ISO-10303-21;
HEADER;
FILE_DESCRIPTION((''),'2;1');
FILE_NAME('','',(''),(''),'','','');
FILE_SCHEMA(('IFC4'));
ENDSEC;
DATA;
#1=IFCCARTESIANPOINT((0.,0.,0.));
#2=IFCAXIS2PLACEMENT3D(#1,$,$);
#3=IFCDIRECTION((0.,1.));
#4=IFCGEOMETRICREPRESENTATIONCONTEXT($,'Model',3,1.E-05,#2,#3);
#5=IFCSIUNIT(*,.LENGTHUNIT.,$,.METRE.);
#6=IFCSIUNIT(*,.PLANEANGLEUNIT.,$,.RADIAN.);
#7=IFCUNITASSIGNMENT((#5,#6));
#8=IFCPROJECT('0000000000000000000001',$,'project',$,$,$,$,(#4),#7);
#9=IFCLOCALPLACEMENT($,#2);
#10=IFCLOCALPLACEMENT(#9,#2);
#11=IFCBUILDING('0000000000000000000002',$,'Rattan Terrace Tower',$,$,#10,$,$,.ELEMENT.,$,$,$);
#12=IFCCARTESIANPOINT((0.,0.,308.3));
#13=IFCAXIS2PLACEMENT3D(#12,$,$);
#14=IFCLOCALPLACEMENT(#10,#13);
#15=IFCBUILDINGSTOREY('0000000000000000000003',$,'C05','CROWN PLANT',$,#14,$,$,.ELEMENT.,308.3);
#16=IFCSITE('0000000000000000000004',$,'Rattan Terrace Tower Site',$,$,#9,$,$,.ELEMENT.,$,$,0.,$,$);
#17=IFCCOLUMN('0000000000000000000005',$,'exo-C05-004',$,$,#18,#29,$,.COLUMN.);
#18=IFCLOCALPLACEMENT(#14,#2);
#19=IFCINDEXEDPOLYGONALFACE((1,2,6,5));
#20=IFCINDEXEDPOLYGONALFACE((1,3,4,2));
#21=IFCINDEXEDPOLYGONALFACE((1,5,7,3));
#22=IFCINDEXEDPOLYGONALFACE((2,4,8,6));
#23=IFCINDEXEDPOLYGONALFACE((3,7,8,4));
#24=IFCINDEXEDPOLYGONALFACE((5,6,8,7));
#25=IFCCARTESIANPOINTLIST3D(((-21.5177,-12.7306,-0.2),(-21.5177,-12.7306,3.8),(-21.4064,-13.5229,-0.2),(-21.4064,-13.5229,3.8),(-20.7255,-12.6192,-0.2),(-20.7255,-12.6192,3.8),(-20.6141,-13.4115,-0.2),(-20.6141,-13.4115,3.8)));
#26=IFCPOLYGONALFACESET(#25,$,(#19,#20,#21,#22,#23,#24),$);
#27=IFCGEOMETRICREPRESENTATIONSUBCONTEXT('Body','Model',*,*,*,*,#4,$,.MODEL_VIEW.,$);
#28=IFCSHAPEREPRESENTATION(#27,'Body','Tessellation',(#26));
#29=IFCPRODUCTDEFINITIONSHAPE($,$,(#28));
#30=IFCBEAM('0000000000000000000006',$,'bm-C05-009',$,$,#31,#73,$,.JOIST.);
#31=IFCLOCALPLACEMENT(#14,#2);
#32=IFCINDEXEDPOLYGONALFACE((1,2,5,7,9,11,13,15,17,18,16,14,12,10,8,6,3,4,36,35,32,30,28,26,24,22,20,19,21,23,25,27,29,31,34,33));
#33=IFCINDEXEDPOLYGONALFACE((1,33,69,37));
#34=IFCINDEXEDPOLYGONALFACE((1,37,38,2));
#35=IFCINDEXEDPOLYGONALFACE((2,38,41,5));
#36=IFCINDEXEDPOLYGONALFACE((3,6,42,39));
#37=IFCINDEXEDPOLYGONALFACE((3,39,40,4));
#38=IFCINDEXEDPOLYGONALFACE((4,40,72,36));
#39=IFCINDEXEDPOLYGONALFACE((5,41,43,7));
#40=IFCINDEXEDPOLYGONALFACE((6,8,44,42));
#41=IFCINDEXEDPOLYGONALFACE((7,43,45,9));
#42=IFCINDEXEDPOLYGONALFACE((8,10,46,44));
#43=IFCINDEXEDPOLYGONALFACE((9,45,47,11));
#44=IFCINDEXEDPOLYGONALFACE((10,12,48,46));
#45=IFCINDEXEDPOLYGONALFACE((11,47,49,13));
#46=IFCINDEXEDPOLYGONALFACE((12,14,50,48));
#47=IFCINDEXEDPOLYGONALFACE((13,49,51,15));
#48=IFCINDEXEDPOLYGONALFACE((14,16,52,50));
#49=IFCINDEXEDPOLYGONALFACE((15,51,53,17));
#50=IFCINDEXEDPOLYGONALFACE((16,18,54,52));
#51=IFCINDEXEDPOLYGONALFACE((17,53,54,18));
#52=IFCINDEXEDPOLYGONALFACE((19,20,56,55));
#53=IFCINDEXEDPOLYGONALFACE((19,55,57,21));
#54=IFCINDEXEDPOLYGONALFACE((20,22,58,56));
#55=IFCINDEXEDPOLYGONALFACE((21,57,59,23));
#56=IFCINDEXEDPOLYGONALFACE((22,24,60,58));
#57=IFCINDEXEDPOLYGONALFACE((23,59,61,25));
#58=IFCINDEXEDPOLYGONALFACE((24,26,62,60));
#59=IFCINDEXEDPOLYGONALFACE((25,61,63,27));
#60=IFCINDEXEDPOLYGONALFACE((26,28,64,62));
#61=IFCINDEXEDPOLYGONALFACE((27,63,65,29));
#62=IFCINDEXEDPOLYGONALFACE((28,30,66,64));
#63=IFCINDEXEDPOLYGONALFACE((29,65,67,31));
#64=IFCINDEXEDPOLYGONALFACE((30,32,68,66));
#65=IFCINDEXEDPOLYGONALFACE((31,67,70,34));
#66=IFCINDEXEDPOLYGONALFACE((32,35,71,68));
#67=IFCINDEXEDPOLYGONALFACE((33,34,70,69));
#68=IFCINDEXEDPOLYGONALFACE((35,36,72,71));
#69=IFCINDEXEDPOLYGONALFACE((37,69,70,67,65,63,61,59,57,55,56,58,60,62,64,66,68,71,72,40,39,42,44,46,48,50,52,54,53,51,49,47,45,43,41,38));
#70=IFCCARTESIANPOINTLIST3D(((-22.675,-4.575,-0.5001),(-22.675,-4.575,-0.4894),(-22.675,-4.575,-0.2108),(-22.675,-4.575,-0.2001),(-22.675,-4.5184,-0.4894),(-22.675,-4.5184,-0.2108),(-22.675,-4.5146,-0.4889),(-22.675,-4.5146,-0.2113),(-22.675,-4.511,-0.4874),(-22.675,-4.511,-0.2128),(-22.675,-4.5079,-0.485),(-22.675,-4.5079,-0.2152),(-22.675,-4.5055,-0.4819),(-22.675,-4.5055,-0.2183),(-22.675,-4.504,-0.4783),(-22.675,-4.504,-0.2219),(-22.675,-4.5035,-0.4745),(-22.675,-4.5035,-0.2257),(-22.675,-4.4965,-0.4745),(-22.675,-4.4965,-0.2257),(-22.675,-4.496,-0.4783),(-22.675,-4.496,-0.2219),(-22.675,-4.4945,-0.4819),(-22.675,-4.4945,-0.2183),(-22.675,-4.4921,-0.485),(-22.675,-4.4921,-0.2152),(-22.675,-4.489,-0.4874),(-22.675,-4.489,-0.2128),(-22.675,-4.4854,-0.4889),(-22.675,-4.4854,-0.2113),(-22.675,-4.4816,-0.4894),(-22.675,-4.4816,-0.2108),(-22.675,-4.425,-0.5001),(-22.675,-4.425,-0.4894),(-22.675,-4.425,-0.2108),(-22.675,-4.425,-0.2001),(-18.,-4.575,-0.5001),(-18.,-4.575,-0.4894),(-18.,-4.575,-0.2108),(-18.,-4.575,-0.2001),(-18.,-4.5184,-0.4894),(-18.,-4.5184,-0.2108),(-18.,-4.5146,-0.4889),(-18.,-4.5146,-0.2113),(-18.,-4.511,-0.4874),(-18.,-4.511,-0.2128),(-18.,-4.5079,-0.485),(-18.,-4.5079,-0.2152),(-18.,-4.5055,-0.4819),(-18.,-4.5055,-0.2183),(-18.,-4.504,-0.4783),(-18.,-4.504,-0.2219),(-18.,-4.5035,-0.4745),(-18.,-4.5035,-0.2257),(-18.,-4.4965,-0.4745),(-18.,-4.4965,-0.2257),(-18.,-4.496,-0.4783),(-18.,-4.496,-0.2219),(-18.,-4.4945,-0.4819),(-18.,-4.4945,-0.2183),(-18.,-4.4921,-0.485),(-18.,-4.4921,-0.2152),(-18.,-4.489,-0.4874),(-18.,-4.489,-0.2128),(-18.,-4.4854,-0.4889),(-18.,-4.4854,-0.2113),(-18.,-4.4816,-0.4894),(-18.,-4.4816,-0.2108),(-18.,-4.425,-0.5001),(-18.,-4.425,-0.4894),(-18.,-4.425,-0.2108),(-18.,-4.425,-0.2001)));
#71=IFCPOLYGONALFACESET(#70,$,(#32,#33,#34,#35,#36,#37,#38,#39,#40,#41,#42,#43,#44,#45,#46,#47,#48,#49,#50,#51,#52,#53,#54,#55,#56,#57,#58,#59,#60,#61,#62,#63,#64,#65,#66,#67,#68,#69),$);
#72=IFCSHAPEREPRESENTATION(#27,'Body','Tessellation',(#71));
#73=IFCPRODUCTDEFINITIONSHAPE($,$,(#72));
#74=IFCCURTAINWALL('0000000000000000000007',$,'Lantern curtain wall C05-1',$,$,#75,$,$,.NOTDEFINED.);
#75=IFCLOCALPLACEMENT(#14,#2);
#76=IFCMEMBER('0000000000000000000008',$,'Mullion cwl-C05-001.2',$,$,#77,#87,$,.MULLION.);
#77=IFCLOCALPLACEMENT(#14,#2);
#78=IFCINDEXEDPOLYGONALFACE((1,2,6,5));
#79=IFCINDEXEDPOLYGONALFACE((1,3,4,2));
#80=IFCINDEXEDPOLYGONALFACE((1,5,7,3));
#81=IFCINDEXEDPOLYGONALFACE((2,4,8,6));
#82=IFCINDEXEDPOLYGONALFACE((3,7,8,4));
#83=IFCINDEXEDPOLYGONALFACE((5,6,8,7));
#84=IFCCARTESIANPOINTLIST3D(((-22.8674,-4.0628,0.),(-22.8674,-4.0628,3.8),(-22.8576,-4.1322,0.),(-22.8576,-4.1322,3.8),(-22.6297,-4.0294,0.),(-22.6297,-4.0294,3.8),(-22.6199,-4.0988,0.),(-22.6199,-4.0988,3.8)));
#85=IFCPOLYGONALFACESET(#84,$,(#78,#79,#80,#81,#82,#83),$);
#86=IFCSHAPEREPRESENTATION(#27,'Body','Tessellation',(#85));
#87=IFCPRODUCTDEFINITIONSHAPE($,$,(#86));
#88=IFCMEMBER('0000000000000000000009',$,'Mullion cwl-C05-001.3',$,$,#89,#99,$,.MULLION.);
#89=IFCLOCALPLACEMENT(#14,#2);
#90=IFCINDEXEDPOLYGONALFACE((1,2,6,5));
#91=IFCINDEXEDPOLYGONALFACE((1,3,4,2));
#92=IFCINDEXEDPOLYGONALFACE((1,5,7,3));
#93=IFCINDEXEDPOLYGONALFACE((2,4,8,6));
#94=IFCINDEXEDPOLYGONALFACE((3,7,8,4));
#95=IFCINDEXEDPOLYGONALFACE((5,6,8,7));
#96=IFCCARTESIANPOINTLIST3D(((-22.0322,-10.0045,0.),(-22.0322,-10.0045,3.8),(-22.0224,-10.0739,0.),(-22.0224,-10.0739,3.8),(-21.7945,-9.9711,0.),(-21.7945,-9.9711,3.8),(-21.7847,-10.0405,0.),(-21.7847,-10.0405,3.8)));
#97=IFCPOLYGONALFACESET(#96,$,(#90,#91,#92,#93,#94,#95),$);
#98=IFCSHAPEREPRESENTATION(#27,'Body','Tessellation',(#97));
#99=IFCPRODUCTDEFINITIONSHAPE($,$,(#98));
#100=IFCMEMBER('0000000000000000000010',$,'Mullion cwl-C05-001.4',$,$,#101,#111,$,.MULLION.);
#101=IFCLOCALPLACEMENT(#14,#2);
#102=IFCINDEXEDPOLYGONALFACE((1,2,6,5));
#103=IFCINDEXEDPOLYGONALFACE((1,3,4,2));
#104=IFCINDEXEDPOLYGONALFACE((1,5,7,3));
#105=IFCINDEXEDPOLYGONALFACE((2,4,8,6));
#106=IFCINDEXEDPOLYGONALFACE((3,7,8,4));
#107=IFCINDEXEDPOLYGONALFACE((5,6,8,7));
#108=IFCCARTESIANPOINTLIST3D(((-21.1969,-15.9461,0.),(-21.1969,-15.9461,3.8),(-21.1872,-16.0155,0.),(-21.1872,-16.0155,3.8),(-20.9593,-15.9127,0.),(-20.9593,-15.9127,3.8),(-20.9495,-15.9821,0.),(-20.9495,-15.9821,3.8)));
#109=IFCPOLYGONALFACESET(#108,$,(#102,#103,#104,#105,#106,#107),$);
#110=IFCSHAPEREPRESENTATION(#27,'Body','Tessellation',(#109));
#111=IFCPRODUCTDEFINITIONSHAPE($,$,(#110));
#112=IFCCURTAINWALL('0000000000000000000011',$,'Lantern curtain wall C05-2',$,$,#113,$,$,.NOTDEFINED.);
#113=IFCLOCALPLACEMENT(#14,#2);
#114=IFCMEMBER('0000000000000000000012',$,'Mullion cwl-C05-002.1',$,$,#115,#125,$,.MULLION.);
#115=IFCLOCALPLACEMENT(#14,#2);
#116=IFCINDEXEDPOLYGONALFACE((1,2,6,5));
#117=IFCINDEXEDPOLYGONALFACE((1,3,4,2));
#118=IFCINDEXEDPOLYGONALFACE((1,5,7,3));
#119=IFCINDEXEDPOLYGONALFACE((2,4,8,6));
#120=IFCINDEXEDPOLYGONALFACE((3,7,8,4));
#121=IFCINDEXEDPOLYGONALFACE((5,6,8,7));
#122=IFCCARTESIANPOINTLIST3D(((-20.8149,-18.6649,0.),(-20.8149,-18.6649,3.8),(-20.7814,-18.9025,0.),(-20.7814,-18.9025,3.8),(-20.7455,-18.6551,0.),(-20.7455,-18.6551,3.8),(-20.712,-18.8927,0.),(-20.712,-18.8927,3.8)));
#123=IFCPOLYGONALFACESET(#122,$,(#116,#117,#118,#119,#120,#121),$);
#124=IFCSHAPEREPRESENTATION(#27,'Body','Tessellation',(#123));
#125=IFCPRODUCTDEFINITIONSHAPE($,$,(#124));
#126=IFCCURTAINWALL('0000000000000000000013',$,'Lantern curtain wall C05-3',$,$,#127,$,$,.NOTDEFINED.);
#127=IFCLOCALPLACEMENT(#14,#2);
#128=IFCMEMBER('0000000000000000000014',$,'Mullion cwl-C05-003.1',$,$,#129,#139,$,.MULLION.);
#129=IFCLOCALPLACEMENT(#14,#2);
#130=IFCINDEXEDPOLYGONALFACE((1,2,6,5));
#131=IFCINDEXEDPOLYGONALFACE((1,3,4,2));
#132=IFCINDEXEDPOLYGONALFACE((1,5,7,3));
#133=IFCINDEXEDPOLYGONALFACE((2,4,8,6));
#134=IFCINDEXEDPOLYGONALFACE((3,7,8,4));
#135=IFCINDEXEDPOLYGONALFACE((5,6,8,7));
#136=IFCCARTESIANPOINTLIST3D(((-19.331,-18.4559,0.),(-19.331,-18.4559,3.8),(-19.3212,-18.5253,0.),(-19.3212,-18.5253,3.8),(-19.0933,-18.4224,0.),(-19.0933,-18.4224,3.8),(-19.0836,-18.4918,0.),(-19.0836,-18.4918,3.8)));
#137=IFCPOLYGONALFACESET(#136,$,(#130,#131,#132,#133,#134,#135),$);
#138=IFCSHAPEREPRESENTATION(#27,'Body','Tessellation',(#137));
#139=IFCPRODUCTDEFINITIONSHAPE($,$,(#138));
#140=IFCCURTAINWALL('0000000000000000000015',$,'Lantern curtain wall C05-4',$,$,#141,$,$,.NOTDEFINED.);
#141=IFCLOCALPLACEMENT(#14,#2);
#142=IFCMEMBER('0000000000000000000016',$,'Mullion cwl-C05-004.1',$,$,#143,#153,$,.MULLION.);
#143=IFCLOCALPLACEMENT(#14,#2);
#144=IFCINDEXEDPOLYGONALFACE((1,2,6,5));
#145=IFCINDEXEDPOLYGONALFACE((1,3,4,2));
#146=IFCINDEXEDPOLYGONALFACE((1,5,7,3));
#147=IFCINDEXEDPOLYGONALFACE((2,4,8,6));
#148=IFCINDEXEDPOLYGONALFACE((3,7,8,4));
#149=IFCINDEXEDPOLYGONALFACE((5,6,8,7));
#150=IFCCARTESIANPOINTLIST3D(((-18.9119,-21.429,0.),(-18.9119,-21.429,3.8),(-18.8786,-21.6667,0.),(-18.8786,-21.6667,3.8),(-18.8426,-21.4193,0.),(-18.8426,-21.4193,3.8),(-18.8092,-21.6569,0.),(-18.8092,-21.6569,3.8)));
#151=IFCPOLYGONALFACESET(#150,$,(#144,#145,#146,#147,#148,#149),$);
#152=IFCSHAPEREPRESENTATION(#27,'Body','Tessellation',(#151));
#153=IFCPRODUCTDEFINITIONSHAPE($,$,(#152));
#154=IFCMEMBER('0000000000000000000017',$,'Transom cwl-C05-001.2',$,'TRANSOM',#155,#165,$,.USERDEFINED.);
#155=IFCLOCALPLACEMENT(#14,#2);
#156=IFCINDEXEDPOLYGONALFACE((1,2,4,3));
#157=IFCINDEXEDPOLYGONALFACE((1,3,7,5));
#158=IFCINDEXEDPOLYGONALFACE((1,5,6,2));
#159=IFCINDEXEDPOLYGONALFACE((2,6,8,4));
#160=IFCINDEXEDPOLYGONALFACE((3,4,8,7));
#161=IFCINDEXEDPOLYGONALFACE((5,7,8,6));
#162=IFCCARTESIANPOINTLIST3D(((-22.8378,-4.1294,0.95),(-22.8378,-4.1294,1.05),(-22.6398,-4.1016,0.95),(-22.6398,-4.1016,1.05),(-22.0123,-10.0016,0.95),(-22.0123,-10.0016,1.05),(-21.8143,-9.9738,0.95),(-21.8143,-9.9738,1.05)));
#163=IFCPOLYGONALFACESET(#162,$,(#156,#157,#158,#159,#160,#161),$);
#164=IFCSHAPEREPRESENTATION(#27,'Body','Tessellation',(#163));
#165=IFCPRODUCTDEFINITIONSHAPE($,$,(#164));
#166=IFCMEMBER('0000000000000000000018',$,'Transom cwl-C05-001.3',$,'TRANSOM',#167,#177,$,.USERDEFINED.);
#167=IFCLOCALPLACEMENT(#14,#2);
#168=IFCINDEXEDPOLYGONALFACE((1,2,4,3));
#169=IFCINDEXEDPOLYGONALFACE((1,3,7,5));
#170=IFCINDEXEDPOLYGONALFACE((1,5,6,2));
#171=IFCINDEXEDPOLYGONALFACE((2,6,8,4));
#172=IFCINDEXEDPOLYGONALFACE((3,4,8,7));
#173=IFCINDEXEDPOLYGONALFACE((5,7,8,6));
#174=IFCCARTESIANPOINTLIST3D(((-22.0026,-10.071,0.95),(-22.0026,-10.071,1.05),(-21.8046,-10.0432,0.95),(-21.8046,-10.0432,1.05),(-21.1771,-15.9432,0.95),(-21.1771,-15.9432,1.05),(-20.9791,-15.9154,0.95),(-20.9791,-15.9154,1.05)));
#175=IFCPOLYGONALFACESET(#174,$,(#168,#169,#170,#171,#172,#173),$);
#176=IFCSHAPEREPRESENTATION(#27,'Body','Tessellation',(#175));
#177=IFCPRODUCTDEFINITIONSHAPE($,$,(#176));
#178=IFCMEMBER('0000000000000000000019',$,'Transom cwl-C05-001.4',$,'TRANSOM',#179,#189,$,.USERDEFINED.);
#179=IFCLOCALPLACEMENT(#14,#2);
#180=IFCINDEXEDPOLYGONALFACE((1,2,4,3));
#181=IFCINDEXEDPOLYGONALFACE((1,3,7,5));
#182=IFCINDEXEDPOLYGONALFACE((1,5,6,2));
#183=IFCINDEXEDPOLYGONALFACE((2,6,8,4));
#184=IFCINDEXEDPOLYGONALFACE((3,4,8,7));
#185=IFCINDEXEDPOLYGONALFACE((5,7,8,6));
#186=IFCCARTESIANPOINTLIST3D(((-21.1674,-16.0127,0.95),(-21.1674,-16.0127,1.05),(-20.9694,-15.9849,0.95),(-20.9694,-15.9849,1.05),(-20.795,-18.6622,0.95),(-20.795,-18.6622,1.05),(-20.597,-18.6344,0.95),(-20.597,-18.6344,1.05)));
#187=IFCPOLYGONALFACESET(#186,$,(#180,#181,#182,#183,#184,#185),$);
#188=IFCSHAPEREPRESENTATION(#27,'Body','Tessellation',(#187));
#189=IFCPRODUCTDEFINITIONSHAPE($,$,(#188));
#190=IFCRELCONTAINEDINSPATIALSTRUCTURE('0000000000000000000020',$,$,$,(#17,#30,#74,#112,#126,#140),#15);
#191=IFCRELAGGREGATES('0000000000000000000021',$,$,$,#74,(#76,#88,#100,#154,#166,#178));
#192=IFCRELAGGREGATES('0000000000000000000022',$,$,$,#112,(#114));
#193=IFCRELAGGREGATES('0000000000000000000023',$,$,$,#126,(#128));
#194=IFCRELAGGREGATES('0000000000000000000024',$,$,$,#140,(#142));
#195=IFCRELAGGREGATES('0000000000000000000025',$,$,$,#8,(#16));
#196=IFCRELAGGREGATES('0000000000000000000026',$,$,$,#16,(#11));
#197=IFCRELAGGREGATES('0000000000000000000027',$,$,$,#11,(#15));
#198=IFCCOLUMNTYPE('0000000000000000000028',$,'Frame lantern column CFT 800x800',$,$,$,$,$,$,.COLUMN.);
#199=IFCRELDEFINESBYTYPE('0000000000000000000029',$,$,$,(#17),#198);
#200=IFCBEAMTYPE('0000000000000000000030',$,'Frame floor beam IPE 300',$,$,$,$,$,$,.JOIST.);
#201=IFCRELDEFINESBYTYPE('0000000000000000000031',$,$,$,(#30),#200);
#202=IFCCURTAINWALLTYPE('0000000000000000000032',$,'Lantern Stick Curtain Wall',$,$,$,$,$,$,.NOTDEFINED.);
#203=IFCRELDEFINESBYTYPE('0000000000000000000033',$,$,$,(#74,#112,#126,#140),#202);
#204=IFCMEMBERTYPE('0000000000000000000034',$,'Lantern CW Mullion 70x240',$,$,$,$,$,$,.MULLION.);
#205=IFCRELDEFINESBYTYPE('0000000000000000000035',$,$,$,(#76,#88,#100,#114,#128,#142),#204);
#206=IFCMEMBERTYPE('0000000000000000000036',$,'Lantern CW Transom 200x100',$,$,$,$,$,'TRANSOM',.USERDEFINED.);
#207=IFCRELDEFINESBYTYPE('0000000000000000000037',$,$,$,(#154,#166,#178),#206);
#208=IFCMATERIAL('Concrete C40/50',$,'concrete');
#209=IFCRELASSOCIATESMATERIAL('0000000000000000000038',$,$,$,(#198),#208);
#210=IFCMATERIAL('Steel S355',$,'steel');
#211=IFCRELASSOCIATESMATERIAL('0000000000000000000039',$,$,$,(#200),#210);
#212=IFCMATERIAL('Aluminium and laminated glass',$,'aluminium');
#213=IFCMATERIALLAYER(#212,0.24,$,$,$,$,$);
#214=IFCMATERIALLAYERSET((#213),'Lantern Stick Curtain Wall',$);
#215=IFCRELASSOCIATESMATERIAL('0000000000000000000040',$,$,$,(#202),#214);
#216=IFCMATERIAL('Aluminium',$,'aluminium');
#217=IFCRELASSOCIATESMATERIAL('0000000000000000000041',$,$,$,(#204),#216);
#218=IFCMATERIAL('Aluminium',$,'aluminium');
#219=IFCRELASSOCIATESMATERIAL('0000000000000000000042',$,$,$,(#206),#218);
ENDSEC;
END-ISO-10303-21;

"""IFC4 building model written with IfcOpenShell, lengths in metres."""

from ifc_helpers import new_model, si_unit, direction, frame, origin, origin_2d, place, context, subcontext, project, spatial, rectangle, i_section, extrude, material, layer, layer_set, material_profile, profile_set, type_object, element, aggregate, save


model = new_model("IFC4")

# Units and contexts
model_context = context("Model", 3, precision=1e-05, world=origin(), true_north=direction((0.0, 1.0)))
body_context = subcontext(model_context, "Body", "Model", "MODEL_VIEW")
ifc_project = project(units=[si_unit("LENGTHUNIT", "METRE"), si_unit("PLANEANGLEUNIT", "RADIAN")], contexts=[model_context])

# Site, building, storey
site_placement = place(None, origin())
site = spatial("IfcSite", under=ifc_project, at=site_placement, Name="Rattan Terrace Tower Site", CompositionType="ELEMENT", RefElevation=0.0)
building_placement = place(site_placement, origin())
building = spatial("IfcBuilding", under=site, at=building_placement, Name="Rattan Terrace Tower", CompositionType="ELEMENT")
storey_placement = place(building_placement, frame((0.0, 0.0, 308.3)))
storey = spatial("IfcBuildingStorey", under=building, at=storey_placement, Name="C05", Description="CROWN PLANT", CompositionType="ELEMENT", Elevation=308.3)

# Column
ifc_material_1 = material(Name="Concrete C40/50", Category="concrete")
ifc_material_profile_1 = material_profile(ifc_material_1, rectangle(XDim=0.8, YDim=0.8, at=origin_2d()), Name="CFT 800x800")
ifc_profile_set_1 = profile_set([ifc_material_profile_1], Name="Concrete C40/50")
column_type = type_object("IfcColumnType", Name="Frame lantern column CFT 800x800", PredefinedType="COLUMN", material=ifc_profile_set_1)
column_placement = place(storey_placement, frame((-21.0659, -13.071, -0.2), z_axis=(0.0, 0.0, 1.0), x_axis=(-0.13919, 0.990266, 0.0)))
element("IfcColumn", 1, at=column_placement, inside=storey, type_object=column_type, Name="exo-C05-004", PredefinedType="COLUMN", context=body_context, shape_type="SweptSolid", body=[
    extrude(rectangle(XDim=0.8, YDim=0.8, at=origin_2d()), origin(), (0.0, 0.0, 1.0), 4.0),
])

# Beam
ifc_material_2 = material(Name="Steel S355", Category="steel")
ifc_material_profile_2 = material_profile(ifc_material_2, i_section(OverallWidth=0.1499, OverallDepth=0.3, WebThickness=0.0071, FlangeThickness=0.0107, FilletRadius=0.0149, at=origin_2d()), Name="IPE 300")
ifc_profile_set_2 = profile_set([ifc_material_profile_2], Name="Steel S355")
beam_type = type_object("IfcBeamType", Name="Frame floor beam IPE 300", PredefinedType="JOIST", material=ifc_profile_set_2)
beam_placement = place(storey_placement, frame((-22.675, -4.5, -0.3501), z_axis=(1.0, 0.0, 0.0), x_axis=(0.0, 1.0, 0.0)))
element("IfcBeam", 2, at=beam_placement, inside=storey, type_object=beam_type, Name="bm-C05-009", PredefinedType="JOIST", context=body_context, shape_type="SweptSolid", body=[
    extrude(i_section(OverallWidth=0.1499, OverallDepth=0.3, WebThickness=0.0071, FlangeThickness=0.0107, FilletRadius=0.0149, at=origin_2d()), origin(), (0.0, 0.0, 1.0), 4.675),
])

# Curtain wall, members
ifc_material_3 = material(Name="Aluminium and laminated glass", Category="aluminium")
ifc_layer_1 = layer(ifc_material_3, 0.24)
ifc_layer_set_1 = layer_set([ifc_layer_1], Name="Lantern Stick Curtain Wall")
curtain_wall_type = type_object("IfcCurtainWallType", Name="Lantern Stick Curtain Wall", PredefinedType="NOTDEFINED", material=ifc_layer_set_1)
curtain_wall_1_placement = place(storey_placement, origin())
curtain_wall_1 = element("IfcCurtainWall", 3, at=curtain_wall_1_placement, inside=storey, type_object=curtain_wall_type, Name="Lantern curtain wall C05-1", PredefinedType="NOTDEFINED")
ifc_material_4 = material(Name="Aluminium", Category="aluminium")
ifc_material_profile_3 = material_profile(ifc_material_4, rectangle(XDim=0.0701, YDim=0.24, at=origin_2d()), Name="Aluminium 70x240")
ifc_profile_set_3 = profile_set([ifc_material_profile_3], Name="Aluminium")
member_type_1 = type_object("IfcMemberType", Name="Lantern CW Mullion 70x240", PredefinedType="MULLION", material=ifc_profile_set_3)
member_1_placement = place(storey_placement, frame((-22.7437, -4.0808, 0.0), z_axis=(0.0, 0.0, 1.0), x_axis=(0.139188, -0.990266, 0.0)))
member_1 = element("IfcMember", 4, at=member_1_placement, type_object=member_type_1, Name="Mullion cwl-C05-001.2", PredefinedType="MULLION", context=body_context, shape_type="SweptSolid", body=[
    extrude(rectangle(XDim=0.0701, YDim=0.24, at=origin_2d()), origin(), (0.0, 0.0, 1.0), 3.8),
])
member_2_placement = place(storey_placement, frame((-21.9084, -10.0225, 0.0), z_axis=(0.0, 0.0, 1.0), x_axis=(0.139188, -0.990266, 0.0)))
member_2 = element("IfcMember", 5, at=member_2_placement, type_object=member_type_1, Name="Mullion cwl-C05-001.3", PredefinedType="MULLION", context=body_context, shape_type="SweptSolid", body=[
    extrude(rectangle(XDim=0.0701, YDim=0.24, at=origin_2d()), origin(), (0.0, 0.0, 1.0), 3.8),
])
member_3_placement = place(storey_placement, frame((-21.0732, -15.9641, 0.0), z_axis=(0.0, 0.0, 1.0), x_axis=(0.139188, -0.990266, 0.0)))
member_3 = element("IfcMember", 6, at=member_3_placement, type_object=member_type_1, Name="Mullion cwl-C05-001.4", PredefinedType="MULLION", context=body_context, shape_type="SweptSolid", body=[
    extrude(rectangle(XDim=0.0701, YDim=0.24, at=origin_2d()), origin(), (0.0, 0.0, 1.0), 3.8),
])

# Curtain walls, members
curtain_wall_2_placement = place(storey_placement, origin())
curtain_wall_2 = element("IfcCurtainWall", 7, at=curtain_wall_2_placement, inside=storey, type_object=curtain_wall_type, Name="Lantern curtain wall C05-2", PredefinedType="NOTDEFINED")
member_4_placement = place(storey_placement, frame((-20.7634, -18.7788, 0.0), z_axis=(0.0, 0.0, 1.0), x_axis=(0.990228, 0.139459, 0.0)))
member_4 = element("IfcMember", 8, at=member_4_placement, type_object=member_type_1, Name="Mullion cwl-C05-002.1", PredefinedType="MULLION", context=body_context, shape_type="SweptSolid", body=[
    extrude(rectangle(XDim=0.0701, YDim=0.24, at=origin_2d()), origin(), (0.0, 0.0, 1.0), 3.8),
])
curtain_wall_3_placement = place(storey_placement, origin())
curtain_wall_3 = element("IfcCurtainWall", 9, at=curtain_wall_3_placement, inside=storey, type_object=curtain_wall_type, Name="Lantern curtain wall C05-3", PredefinedType="NOTDEFINED")
member_5_placement = place(storey_placement, frame((-19.2073, -18.4739, 0.0), z_axis=(0.0, 0.0, 1.0), x_axis=(0.139556, -0.990214, 0.0)))
member_5 = element("IfcMember", 10, at=member_5_placement, type_object=member_type_1, Name="Mullion cwl-C05-003.1", PredefinedType="MULLION", context=body_context, shape_type="SweptSolid", body=[
    extrude(rectangle(XDim=0.0701, YDim=0.24, at=origin_2d()), origin(), (0.0, 0.0, 1.0), 3.8),
])
curtain_wall_4_placement = place(storey_placement, origin())
curtain_wall_4 = element("IfcCurtainWall", 11, at=curtain_wall_4_placement, inside=storey, type_object=curtain_wall_type, Name="Lantern curtain wall C05-4", PredefinedType="NOTDEFINED")
member_6_placement = place(storey_placement, frame((-18.8606, -21.543, 0.0), z_axis=(0.0, 0.0, 1.0), x_axis=(0.99032, 0.138805, 0.0)))
member_6 = element("IfcMember", 12, at=member_6_placement, type_object=member_type_1, Name="Mullion cwl-C05-004.1", PredefinedType="MULLION", context=body_context, shape_type="SweptSolid", body=[
    extrude(rectangle(XDim=0.0701, YDim=0.24, at=origin_2d()), origin(), (0.0, 0.0, 1.0), 3.8),
])

# Members
ifc_material_5 = material(Name="Aluminium", Category="aluminium")
ifc_material_profile_4 = material_profile(ifc_material_5, rectangle(XDim=0.2, YDim=0.1001, at=origin_2d()), Name="Aluminium 200x100")
ifc_profile_set_4 = profile_set([ifc_material_profile_4], Name="Aluminium")
member_type_2 = type_object("IfcMemberType", Name="Lantern CW Transom 200x100", ElementType="TRANSOM", PredefinedType="USERDEFINED", material=ifc_profile_set_4)
member_7_placement = place(storey_placement, frame((-22.7388, -4.1155, 1.0), z_axis=(0.139196, -0.990265, 0.0), x_axis=(0.990265, 0.139196, 0.0)))
member_7 = element("IfcMember", 13, at=member_7_placement, type_object=member_type_2, Name="Transom cwl-C05-001.2", ObjectType="TRANSOM", PredefinedType="USERDEFINED", context=body_context, shape_type="SweptSolid", body=[
    extrude(rectangle(XDim=0.2, YDim=0.1001, at=origin_2d()), origin(), (0.0, 0.0, 1.0), 5.9299),
])
member_8_placement = place(storey_placement, frame((-21.9036, -10.0571, 1.0), z_axis=(0.139196, -0.990265, 0.0), x_axis=(0.990265, 0.139196, 0.0)))
member_8 = element("IfcMember", 14, at=member_8_placement, type_object=member_type_2, Name="Transom cwl-C05-001.3", ObjectType="TRANSOM", PredefinedType="USERDEFINED", context=body_context, shape_type="SweptSolid", body=[
    extrude(rectangle(XDim=0.2, YDim=0.1001, at=origin_2d()), origin(), (0.0, 0.0, 1.0), 5.9299),
])
member_9_placement = place(storey_placement, frame((-21.0684, -15.9988, 1.0), z_axis=(0.13916, -0.99027, 0.0), x_axis=(0.99027, 0.13916, 0.0)))
member_9 = element("IfcMember", 15, at=member_9_placement, type_object=member_type_2, Name="Transom cwl-C05-001.4", ObjectType="TRANSOM", PredefinedType="USERDEFINED", context=body_context, shape_type="SweptSolid", body=[
    extrude(rectangle(XDim=0.2, YDim=0.1001, at=origin_2d()), origin(), (0.0, 0.0, 1.0), 2.6755),
])

aggregate(curtain_wall_1, [member_1, member_2, member_3, member_7, member_8, member_9])
aggregate(curtain_wall_2, [member_4])
aggregate(curtain_wall_3, [member_5])
aggregate(curtain_wall_4, [member_6])

save(model, "model.ifc")
